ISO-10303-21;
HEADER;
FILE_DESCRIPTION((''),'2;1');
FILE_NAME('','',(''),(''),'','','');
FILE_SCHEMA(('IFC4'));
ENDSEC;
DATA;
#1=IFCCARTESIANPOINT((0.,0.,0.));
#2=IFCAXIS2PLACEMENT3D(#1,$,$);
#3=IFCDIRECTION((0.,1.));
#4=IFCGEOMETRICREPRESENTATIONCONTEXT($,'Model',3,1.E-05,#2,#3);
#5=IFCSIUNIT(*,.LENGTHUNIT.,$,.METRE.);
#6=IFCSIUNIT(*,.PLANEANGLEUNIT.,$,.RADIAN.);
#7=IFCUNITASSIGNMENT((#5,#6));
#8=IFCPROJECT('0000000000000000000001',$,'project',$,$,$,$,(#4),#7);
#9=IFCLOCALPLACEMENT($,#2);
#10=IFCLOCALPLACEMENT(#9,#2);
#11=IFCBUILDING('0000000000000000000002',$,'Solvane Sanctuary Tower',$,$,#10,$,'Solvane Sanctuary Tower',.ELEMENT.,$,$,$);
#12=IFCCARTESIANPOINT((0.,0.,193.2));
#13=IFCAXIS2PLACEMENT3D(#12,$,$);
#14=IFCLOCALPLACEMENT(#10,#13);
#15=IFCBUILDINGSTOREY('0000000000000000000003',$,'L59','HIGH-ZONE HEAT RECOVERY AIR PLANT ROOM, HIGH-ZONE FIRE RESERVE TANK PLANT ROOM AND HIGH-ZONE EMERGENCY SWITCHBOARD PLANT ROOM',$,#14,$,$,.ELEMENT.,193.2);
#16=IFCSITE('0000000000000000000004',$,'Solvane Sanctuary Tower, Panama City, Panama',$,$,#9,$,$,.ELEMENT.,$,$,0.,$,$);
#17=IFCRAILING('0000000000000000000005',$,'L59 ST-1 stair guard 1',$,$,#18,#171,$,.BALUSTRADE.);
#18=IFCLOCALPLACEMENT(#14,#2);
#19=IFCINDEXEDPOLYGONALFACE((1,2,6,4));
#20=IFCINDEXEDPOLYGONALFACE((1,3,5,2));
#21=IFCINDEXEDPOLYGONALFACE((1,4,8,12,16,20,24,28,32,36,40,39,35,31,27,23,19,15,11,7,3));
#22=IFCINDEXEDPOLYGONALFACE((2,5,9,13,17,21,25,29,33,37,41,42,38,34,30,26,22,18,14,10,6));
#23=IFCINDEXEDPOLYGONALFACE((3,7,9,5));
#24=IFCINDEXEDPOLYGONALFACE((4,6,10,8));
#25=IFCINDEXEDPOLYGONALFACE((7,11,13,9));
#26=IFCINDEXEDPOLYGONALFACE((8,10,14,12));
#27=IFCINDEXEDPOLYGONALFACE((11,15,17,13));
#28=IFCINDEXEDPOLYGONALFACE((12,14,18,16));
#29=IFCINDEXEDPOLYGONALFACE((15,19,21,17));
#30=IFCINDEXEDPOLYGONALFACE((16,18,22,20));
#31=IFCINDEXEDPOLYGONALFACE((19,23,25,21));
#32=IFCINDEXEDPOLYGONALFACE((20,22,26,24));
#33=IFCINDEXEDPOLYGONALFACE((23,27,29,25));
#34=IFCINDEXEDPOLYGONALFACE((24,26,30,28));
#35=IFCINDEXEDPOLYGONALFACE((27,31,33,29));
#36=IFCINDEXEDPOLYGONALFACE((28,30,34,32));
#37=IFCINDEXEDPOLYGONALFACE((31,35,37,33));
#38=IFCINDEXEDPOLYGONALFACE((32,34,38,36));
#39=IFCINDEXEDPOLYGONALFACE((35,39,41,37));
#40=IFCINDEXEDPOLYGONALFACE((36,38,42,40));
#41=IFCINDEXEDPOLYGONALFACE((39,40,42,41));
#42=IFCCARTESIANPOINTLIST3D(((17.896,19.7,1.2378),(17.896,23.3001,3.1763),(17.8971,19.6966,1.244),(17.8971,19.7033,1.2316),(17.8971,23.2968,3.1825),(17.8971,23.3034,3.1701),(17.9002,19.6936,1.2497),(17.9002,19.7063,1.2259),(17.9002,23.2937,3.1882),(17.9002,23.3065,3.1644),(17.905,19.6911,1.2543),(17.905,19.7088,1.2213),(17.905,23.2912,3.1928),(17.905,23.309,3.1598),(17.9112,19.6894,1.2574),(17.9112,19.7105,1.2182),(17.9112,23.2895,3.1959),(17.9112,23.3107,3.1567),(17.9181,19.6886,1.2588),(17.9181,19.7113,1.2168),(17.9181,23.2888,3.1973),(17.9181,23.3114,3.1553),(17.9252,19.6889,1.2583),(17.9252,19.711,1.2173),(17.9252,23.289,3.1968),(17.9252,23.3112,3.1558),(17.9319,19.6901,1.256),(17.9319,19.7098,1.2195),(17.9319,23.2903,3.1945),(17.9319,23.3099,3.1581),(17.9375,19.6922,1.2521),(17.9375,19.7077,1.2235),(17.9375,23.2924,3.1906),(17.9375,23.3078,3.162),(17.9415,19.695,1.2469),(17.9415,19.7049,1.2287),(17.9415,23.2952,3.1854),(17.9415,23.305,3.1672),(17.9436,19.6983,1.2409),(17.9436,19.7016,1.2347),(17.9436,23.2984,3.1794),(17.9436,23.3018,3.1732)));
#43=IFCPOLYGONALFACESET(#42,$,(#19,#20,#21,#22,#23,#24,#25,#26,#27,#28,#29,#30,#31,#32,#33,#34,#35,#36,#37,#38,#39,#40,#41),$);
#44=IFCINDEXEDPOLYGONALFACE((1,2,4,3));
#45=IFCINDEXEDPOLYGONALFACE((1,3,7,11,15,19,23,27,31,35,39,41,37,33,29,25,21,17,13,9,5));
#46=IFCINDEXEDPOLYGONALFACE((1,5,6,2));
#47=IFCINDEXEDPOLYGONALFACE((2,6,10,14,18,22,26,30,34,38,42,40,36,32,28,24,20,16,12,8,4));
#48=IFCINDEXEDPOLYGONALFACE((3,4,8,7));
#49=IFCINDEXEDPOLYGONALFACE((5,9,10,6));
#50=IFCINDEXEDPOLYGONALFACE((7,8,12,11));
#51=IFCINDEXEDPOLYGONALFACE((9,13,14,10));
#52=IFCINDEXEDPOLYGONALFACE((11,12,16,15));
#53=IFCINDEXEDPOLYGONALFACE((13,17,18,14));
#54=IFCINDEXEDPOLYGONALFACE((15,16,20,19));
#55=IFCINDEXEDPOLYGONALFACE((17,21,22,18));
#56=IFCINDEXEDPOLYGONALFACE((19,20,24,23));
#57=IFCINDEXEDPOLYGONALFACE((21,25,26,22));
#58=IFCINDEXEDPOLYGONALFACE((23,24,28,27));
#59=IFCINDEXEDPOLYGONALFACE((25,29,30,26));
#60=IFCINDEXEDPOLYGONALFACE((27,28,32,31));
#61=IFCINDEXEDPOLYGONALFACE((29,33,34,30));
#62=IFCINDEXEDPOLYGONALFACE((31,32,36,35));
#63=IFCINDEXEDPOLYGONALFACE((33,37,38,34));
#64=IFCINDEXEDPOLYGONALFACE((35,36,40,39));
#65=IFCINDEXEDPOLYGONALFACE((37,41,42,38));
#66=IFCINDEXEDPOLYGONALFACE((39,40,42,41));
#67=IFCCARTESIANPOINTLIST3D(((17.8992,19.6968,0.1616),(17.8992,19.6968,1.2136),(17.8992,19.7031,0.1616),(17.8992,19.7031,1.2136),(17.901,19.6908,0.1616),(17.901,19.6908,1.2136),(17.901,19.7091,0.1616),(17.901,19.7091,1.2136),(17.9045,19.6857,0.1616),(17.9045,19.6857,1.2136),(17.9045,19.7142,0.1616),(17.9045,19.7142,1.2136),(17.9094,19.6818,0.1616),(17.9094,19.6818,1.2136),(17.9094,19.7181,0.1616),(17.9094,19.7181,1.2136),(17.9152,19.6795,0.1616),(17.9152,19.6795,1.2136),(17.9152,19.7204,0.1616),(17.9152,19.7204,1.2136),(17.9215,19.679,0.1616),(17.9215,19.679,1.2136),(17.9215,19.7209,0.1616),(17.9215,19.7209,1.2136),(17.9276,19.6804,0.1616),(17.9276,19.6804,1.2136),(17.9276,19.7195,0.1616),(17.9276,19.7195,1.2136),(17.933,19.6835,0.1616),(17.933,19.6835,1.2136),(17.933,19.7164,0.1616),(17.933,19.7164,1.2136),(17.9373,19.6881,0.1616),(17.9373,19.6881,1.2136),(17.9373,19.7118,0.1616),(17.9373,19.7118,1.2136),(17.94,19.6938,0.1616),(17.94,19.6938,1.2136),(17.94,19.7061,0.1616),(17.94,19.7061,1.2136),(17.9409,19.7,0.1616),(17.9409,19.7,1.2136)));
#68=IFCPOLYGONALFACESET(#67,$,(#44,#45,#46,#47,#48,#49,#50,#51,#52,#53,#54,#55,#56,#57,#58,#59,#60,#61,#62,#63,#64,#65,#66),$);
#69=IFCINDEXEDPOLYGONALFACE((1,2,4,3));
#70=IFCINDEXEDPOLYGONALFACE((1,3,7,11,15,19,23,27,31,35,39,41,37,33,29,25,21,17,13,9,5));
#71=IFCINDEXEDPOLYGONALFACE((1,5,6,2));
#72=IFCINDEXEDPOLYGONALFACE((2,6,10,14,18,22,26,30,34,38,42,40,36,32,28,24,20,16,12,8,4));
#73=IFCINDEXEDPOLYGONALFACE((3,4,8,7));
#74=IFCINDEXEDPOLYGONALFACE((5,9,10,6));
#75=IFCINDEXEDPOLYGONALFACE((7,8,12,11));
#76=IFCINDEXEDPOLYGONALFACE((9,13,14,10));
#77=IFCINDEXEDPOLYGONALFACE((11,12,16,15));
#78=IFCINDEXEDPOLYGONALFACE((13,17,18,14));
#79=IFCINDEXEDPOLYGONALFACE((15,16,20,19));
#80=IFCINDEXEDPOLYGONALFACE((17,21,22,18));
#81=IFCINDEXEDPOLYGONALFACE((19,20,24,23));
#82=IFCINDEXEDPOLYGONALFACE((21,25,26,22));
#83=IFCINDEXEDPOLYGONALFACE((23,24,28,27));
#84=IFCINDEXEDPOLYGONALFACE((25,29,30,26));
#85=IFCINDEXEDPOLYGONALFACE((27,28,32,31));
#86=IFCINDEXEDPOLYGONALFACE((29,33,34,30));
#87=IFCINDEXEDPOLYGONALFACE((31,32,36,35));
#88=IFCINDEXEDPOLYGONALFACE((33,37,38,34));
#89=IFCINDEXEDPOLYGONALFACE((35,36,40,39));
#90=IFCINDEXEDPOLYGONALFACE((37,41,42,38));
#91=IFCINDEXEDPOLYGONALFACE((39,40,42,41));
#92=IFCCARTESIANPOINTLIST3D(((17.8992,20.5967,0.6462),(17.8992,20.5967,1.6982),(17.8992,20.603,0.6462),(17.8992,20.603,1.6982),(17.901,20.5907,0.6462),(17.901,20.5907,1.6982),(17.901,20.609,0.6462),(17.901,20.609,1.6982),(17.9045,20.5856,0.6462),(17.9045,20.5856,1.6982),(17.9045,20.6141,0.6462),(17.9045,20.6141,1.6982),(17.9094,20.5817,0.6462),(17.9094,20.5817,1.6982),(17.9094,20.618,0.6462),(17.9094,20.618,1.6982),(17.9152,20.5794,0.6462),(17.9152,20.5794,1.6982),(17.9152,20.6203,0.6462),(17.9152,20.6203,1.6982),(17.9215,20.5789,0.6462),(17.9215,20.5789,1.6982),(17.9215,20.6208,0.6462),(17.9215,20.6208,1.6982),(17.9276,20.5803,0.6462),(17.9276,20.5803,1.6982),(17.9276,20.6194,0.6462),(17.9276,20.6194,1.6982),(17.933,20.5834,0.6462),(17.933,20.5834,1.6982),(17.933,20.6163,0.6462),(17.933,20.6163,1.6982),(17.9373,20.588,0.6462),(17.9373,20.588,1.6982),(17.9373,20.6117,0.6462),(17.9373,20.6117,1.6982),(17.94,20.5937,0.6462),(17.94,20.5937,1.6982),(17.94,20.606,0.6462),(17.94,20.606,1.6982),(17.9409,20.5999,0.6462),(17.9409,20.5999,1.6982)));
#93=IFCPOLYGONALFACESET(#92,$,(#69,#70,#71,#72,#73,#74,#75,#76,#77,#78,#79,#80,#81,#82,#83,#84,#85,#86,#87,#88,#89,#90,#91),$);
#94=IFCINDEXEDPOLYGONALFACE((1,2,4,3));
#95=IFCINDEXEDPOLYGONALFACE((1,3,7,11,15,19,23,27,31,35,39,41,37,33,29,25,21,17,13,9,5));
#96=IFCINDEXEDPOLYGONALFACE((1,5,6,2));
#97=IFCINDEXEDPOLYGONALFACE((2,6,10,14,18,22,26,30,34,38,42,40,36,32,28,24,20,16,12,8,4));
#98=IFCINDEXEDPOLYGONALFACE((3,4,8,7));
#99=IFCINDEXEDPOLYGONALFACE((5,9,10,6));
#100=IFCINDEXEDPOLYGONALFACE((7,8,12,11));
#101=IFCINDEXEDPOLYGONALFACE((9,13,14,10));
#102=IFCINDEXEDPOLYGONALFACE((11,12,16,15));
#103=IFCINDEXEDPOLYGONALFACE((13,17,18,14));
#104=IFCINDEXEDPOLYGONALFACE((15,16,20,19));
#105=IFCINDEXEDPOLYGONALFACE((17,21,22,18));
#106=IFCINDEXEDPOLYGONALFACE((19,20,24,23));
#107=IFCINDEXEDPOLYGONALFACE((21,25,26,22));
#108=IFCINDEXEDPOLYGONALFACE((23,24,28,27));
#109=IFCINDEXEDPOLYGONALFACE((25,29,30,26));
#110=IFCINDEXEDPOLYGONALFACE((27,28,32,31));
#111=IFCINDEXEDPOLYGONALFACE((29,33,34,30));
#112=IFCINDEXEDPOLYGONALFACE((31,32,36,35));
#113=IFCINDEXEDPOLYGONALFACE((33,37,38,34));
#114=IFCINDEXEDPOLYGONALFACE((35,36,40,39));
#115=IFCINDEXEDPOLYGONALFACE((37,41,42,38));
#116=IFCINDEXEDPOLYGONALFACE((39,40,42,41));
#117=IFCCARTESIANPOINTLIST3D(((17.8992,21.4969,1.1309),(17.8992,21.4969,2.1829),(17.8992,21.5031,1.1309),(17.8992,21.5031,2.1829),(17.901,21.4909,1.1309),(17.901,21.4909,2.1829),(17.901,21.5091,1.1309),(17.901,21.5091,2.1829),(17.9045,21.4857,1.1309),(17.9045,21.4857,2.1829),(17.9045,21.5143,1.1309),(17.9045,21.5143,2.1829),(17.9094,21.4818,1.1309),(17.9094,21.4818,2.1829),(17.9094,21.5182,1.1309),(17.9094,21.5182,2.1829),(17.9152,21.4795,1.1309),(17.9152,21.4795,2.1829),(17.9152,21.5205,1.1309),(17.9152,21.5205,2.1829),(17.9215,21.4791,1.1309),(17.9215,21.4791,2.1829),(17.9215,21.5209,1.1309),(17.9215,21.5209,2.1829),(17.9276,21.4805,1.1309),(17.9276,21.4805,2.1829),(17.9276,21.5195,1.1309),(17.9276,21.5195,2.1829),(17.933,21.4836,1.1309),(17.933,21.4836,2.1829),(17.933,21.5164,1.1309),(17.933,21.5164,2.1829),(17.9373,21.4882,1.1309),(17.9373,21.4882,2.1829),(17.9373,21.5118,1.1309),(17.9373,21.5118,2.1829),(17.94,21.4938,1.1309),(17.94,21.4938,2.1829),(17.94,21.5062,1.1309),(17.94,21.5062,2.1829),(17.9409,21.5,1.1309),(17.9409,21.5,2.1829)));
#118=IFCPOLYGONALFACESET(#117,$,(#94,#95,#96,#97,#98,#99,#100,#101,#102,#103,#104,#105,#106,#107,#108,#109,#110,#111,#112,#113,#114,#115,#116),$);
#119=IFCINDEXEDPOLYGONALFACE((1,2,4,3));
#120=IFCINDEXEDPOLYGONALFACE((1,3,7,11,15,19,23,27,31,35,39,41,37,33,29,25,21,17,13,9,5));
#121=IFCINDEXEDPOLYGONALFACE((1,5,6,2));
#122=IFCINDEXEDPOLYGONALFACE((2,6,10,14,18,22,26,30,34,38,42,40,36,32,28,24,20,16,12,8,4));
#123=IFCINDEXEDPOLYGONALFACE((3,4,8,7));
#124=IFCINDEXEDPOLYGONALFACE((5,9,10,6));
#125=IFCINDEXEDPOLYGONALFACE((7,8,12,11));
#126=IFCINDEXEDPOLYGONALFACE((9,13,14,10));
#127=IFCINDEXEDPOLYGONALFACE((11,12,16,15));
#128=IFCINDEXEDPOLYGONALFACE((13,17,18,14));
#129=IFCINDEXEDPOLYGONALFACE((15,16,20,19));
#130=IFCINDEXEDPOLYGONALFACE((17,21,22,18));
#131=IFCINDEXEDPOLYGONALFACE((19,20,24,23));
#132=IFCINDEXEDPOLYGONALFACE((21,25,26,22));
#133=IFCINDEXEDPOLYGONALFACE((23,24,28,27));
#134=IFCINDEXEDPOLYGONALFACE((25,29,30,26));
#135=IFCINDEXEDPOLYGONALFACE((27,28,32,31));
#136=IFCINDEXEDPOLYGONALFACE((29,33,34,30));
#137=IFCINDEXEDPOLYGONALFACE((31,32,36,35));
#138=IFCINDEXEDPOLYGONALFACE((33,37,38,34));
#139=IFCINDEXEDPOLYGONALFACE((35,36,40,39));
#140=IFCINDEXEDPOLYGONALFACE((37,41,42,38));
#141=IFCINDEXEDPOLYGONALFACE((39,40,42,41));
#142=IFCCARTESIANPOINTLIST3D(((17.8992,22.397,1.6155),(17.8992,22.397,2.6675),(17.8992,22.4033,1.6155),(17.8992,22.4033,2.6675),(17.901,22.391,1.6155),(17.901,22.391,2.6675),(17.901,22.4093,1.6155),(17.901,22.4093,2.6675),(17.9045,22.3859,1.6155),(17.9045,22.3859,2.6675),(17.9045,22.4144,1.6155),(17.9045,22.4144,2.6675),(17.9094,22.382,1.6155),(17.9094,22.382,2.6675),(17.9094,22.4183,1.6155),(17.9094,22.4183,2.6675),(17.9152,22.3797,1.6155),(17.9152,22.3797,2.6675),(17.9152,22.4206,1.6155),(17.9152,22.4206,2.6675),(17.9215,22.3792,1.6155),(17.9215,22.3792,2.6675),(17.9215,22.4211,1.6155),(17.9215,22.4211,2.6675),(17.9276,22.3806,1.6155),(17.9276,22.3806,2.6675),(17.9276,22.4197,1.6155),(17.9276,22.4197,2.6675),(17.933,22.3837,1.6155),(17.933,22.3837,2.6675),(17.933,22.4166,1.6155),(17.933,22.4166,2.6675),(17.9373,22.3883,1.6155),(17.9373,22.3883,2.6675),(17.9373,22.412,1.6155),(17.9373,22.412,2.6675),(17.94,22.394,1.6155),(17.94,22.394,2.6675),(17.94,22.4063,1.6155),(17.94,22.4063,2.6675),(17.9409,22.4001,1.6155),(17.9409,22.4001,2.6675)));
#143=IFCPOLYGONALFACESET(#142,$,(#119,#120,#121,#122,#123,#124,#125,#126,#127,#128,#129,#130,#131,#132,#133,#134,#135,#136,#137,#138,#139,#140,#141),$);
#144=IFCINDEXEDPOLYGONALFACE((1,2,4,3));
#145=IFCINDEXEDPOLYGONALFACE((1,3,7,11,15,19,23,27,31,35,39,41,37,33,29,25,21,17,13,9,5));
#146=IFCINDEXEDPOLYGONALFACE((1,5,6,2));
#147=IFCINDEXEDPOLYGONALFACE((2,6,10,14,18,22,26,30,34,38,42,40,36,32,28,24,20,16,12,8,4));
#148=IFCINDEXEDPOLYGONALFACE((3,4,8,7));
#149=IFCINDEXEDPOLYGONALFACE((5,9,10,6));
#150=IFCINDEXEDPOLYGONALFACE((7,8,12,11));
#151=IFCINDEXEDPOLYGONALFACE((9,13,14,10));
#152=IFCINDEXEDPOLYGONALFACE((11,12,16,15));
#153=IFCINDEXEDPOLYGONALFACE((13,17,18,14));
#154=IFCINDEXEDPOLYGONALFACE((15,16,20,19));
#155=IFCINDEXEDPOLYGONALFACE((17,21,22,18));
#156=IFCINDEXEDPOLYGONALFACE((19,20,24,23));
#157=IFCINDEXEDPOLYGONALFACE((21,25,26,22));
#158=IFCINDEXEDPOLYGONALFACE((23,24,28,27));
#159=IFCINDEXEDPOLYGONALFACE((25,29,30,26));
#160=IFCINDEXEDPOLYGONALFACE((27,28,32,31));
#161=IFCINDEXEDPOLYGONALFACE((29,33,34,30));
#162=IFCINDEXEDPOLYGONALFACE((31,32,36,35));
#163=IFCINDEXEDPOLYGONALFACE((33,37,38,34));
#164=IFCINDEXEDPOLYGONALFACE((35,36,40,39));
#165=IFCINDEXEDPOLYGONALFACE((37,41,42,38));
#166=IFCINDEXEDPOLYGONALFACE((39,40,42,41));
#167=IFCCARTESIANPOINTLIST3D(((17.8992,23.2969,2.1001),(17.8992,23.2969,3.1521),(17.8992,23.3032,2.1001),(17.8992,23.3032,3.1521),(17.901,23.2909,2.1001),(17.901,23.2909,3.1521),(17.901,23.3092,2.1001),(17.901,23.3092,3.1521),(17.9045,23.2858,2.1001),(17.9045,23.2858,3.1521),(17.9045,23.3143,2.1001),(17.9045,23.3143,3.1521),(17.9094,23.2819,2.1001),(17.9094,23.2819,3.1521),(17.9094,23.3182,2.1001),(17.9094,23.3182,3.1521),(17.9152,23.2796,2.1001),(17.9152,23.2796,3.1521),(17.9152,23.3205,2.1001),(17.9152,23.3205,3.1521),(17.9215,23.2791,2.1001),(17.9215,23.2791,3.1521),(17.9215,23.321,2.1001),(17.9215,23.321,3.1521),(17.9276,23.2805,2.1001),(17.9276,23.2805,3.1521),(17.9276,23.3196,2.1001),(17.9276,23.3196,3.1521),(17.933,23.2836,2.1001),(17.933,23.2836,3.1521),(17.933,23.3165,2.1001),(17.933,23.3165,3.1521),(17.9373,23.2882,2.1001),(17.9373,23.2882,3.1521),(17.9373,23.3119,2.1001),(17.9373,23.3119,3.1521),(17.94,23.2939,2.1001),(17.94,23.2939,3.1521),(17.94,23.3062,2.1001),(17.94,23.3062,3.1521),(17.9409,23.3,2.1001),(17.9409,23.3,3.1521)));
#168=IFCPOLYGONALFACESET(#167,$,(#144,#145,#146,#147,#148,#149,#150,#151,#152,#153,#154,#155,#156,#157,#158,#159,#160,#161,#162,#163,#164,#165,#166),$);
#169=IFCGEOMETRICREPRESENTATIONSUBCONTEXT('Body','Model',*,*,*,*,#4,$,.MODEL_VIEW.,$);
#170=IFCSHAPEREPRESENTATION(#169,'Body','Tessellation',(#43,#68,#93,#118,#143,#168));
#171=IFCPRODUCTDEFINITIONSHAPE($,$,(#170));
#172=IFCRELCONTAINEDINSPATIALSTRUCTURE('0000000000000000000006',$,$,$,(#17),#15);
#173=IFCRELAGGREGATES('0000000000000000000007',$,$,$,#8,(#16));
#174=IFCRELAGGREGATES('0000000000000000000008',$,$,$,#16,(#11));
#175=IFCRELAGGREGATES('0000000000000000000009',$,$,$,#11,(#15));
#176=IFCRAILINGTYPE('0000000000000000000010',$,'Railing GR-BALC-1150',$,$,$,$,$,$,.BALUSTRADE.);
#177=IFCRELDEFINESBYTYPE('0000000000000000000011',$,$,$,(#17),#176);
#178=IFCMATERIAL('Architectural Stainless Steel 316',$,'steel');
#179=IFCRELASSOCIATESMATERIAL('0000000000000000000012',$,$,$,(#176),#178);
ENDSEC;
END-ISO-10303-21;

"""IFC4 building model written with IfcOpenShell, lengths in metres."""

from ifc_helpers import new_model, si_unit, direction, frame, origin, origin_2d, place, context, subcontext, project, spatial, circle, extrude, material, type_object, element, save


model = new_model("IFC4")

# Units and contexts
model_context = context("Model", 3, precision=1e-05, world=origin(), true_north=direction((0.0, 1.0)))
body_context = subcontext(model_context, "Body", "Model", "MODEL_VIEW")
ifc_project = project(units=[si_unit("LENGTHUNIT", "METRE"), si_unit("PLANEANGLEUNIT", "RADIAN")], contexts=[model_context])

# Site, building, storey
site_placement = place(None, origin())
site = spatial("IfcSite", under=ifc_project, at=site_placement, Name="Solvane Sanctuary Tower, Panama City, Panama", CompositionType="ELEMENT", RefElevation=0.0)
building_placement = place(site_placement, origin())
building = spatial("IfcBuilding", under=site, at=building_placement, Name="Solvane Sanctuary Tower", LongName="Solvane Sanctuary Tower", CompositionType="ELEMENT")
storey_placement = place(building_placement, frame((0.0, 0.0, 193.2)))
storey = spatial("IfcBuildingStorey", under=building, at=storey_placement, Name="L59", Description="HIGH-ZONE HEAT RECOVERY AIR PLANT ROOM, HIGH-ZONE FIRE RESERVE TANK PLANT ROOM AND HIGH-ZONE EMERGENCY SWITCHBOARD PLANT ROOM", CompositionType="ELEMENT", Elevation=193.2)

# Shared definitions
ifc_material_1 = material(Name="Architectural Stainless Steel 316", Category="steel")

# Railing
railing_type_1 = type_object("IfcRailingType", Name="Railing GR-BALC-1150", PredefinedType="BALUSTRADE", material=ifc_material_1)
railing_1_placement = place(storey_placement, frame((17.9199, 19.7, 0.1616)))
element("IfcRailing", 1, at=railing_1_placement, inside=storey, type_object=railing_type_1, Name="L59 ST-1 stair guard 1", PredefinedType="BALUSTRADE", context=body_context, shape_type="SweptSolid", body=[
    extrude(circle(Radius=0.0239, at=origin_2d()), frame((0.0, 0.0, 1.0762), z_axis=(0.0, 0.880475, 0.474093), x_axis=(-1.0, 0.0, 0.0)), (0.0, 0.0, 1.0), 4.0889),
    extrude(circle(Radius=0.021, at=origin_2d()), origin(), (0.0, 0.0, 1.0), 1.052),
    extrude(circle(Radius=0.021, at=origin_2d()), frame((0.0, 0.8999, 0.4846)), (0.0, 0.0, 1.0), 1.052),
    extrude(circle(Radius=0.021, at=origin_2d()), frame((0.0, 1.8, 0.9692)), (0.0, 0.0, 1.0), 1.052),
    extrude(circle(Radius=0.021, at=origin_2d()), frame((0.0, 2.7002, 1.4539)), (0.0, 0.0, 1.0), 1.052),
    extrude(circle(Radius=0.021, at=origin_2d()), frame((0.0, 3.6001, 1.9385)), (0.0, 0.0, 1.0), 1.052),
])

save(model, "model.ifc")
